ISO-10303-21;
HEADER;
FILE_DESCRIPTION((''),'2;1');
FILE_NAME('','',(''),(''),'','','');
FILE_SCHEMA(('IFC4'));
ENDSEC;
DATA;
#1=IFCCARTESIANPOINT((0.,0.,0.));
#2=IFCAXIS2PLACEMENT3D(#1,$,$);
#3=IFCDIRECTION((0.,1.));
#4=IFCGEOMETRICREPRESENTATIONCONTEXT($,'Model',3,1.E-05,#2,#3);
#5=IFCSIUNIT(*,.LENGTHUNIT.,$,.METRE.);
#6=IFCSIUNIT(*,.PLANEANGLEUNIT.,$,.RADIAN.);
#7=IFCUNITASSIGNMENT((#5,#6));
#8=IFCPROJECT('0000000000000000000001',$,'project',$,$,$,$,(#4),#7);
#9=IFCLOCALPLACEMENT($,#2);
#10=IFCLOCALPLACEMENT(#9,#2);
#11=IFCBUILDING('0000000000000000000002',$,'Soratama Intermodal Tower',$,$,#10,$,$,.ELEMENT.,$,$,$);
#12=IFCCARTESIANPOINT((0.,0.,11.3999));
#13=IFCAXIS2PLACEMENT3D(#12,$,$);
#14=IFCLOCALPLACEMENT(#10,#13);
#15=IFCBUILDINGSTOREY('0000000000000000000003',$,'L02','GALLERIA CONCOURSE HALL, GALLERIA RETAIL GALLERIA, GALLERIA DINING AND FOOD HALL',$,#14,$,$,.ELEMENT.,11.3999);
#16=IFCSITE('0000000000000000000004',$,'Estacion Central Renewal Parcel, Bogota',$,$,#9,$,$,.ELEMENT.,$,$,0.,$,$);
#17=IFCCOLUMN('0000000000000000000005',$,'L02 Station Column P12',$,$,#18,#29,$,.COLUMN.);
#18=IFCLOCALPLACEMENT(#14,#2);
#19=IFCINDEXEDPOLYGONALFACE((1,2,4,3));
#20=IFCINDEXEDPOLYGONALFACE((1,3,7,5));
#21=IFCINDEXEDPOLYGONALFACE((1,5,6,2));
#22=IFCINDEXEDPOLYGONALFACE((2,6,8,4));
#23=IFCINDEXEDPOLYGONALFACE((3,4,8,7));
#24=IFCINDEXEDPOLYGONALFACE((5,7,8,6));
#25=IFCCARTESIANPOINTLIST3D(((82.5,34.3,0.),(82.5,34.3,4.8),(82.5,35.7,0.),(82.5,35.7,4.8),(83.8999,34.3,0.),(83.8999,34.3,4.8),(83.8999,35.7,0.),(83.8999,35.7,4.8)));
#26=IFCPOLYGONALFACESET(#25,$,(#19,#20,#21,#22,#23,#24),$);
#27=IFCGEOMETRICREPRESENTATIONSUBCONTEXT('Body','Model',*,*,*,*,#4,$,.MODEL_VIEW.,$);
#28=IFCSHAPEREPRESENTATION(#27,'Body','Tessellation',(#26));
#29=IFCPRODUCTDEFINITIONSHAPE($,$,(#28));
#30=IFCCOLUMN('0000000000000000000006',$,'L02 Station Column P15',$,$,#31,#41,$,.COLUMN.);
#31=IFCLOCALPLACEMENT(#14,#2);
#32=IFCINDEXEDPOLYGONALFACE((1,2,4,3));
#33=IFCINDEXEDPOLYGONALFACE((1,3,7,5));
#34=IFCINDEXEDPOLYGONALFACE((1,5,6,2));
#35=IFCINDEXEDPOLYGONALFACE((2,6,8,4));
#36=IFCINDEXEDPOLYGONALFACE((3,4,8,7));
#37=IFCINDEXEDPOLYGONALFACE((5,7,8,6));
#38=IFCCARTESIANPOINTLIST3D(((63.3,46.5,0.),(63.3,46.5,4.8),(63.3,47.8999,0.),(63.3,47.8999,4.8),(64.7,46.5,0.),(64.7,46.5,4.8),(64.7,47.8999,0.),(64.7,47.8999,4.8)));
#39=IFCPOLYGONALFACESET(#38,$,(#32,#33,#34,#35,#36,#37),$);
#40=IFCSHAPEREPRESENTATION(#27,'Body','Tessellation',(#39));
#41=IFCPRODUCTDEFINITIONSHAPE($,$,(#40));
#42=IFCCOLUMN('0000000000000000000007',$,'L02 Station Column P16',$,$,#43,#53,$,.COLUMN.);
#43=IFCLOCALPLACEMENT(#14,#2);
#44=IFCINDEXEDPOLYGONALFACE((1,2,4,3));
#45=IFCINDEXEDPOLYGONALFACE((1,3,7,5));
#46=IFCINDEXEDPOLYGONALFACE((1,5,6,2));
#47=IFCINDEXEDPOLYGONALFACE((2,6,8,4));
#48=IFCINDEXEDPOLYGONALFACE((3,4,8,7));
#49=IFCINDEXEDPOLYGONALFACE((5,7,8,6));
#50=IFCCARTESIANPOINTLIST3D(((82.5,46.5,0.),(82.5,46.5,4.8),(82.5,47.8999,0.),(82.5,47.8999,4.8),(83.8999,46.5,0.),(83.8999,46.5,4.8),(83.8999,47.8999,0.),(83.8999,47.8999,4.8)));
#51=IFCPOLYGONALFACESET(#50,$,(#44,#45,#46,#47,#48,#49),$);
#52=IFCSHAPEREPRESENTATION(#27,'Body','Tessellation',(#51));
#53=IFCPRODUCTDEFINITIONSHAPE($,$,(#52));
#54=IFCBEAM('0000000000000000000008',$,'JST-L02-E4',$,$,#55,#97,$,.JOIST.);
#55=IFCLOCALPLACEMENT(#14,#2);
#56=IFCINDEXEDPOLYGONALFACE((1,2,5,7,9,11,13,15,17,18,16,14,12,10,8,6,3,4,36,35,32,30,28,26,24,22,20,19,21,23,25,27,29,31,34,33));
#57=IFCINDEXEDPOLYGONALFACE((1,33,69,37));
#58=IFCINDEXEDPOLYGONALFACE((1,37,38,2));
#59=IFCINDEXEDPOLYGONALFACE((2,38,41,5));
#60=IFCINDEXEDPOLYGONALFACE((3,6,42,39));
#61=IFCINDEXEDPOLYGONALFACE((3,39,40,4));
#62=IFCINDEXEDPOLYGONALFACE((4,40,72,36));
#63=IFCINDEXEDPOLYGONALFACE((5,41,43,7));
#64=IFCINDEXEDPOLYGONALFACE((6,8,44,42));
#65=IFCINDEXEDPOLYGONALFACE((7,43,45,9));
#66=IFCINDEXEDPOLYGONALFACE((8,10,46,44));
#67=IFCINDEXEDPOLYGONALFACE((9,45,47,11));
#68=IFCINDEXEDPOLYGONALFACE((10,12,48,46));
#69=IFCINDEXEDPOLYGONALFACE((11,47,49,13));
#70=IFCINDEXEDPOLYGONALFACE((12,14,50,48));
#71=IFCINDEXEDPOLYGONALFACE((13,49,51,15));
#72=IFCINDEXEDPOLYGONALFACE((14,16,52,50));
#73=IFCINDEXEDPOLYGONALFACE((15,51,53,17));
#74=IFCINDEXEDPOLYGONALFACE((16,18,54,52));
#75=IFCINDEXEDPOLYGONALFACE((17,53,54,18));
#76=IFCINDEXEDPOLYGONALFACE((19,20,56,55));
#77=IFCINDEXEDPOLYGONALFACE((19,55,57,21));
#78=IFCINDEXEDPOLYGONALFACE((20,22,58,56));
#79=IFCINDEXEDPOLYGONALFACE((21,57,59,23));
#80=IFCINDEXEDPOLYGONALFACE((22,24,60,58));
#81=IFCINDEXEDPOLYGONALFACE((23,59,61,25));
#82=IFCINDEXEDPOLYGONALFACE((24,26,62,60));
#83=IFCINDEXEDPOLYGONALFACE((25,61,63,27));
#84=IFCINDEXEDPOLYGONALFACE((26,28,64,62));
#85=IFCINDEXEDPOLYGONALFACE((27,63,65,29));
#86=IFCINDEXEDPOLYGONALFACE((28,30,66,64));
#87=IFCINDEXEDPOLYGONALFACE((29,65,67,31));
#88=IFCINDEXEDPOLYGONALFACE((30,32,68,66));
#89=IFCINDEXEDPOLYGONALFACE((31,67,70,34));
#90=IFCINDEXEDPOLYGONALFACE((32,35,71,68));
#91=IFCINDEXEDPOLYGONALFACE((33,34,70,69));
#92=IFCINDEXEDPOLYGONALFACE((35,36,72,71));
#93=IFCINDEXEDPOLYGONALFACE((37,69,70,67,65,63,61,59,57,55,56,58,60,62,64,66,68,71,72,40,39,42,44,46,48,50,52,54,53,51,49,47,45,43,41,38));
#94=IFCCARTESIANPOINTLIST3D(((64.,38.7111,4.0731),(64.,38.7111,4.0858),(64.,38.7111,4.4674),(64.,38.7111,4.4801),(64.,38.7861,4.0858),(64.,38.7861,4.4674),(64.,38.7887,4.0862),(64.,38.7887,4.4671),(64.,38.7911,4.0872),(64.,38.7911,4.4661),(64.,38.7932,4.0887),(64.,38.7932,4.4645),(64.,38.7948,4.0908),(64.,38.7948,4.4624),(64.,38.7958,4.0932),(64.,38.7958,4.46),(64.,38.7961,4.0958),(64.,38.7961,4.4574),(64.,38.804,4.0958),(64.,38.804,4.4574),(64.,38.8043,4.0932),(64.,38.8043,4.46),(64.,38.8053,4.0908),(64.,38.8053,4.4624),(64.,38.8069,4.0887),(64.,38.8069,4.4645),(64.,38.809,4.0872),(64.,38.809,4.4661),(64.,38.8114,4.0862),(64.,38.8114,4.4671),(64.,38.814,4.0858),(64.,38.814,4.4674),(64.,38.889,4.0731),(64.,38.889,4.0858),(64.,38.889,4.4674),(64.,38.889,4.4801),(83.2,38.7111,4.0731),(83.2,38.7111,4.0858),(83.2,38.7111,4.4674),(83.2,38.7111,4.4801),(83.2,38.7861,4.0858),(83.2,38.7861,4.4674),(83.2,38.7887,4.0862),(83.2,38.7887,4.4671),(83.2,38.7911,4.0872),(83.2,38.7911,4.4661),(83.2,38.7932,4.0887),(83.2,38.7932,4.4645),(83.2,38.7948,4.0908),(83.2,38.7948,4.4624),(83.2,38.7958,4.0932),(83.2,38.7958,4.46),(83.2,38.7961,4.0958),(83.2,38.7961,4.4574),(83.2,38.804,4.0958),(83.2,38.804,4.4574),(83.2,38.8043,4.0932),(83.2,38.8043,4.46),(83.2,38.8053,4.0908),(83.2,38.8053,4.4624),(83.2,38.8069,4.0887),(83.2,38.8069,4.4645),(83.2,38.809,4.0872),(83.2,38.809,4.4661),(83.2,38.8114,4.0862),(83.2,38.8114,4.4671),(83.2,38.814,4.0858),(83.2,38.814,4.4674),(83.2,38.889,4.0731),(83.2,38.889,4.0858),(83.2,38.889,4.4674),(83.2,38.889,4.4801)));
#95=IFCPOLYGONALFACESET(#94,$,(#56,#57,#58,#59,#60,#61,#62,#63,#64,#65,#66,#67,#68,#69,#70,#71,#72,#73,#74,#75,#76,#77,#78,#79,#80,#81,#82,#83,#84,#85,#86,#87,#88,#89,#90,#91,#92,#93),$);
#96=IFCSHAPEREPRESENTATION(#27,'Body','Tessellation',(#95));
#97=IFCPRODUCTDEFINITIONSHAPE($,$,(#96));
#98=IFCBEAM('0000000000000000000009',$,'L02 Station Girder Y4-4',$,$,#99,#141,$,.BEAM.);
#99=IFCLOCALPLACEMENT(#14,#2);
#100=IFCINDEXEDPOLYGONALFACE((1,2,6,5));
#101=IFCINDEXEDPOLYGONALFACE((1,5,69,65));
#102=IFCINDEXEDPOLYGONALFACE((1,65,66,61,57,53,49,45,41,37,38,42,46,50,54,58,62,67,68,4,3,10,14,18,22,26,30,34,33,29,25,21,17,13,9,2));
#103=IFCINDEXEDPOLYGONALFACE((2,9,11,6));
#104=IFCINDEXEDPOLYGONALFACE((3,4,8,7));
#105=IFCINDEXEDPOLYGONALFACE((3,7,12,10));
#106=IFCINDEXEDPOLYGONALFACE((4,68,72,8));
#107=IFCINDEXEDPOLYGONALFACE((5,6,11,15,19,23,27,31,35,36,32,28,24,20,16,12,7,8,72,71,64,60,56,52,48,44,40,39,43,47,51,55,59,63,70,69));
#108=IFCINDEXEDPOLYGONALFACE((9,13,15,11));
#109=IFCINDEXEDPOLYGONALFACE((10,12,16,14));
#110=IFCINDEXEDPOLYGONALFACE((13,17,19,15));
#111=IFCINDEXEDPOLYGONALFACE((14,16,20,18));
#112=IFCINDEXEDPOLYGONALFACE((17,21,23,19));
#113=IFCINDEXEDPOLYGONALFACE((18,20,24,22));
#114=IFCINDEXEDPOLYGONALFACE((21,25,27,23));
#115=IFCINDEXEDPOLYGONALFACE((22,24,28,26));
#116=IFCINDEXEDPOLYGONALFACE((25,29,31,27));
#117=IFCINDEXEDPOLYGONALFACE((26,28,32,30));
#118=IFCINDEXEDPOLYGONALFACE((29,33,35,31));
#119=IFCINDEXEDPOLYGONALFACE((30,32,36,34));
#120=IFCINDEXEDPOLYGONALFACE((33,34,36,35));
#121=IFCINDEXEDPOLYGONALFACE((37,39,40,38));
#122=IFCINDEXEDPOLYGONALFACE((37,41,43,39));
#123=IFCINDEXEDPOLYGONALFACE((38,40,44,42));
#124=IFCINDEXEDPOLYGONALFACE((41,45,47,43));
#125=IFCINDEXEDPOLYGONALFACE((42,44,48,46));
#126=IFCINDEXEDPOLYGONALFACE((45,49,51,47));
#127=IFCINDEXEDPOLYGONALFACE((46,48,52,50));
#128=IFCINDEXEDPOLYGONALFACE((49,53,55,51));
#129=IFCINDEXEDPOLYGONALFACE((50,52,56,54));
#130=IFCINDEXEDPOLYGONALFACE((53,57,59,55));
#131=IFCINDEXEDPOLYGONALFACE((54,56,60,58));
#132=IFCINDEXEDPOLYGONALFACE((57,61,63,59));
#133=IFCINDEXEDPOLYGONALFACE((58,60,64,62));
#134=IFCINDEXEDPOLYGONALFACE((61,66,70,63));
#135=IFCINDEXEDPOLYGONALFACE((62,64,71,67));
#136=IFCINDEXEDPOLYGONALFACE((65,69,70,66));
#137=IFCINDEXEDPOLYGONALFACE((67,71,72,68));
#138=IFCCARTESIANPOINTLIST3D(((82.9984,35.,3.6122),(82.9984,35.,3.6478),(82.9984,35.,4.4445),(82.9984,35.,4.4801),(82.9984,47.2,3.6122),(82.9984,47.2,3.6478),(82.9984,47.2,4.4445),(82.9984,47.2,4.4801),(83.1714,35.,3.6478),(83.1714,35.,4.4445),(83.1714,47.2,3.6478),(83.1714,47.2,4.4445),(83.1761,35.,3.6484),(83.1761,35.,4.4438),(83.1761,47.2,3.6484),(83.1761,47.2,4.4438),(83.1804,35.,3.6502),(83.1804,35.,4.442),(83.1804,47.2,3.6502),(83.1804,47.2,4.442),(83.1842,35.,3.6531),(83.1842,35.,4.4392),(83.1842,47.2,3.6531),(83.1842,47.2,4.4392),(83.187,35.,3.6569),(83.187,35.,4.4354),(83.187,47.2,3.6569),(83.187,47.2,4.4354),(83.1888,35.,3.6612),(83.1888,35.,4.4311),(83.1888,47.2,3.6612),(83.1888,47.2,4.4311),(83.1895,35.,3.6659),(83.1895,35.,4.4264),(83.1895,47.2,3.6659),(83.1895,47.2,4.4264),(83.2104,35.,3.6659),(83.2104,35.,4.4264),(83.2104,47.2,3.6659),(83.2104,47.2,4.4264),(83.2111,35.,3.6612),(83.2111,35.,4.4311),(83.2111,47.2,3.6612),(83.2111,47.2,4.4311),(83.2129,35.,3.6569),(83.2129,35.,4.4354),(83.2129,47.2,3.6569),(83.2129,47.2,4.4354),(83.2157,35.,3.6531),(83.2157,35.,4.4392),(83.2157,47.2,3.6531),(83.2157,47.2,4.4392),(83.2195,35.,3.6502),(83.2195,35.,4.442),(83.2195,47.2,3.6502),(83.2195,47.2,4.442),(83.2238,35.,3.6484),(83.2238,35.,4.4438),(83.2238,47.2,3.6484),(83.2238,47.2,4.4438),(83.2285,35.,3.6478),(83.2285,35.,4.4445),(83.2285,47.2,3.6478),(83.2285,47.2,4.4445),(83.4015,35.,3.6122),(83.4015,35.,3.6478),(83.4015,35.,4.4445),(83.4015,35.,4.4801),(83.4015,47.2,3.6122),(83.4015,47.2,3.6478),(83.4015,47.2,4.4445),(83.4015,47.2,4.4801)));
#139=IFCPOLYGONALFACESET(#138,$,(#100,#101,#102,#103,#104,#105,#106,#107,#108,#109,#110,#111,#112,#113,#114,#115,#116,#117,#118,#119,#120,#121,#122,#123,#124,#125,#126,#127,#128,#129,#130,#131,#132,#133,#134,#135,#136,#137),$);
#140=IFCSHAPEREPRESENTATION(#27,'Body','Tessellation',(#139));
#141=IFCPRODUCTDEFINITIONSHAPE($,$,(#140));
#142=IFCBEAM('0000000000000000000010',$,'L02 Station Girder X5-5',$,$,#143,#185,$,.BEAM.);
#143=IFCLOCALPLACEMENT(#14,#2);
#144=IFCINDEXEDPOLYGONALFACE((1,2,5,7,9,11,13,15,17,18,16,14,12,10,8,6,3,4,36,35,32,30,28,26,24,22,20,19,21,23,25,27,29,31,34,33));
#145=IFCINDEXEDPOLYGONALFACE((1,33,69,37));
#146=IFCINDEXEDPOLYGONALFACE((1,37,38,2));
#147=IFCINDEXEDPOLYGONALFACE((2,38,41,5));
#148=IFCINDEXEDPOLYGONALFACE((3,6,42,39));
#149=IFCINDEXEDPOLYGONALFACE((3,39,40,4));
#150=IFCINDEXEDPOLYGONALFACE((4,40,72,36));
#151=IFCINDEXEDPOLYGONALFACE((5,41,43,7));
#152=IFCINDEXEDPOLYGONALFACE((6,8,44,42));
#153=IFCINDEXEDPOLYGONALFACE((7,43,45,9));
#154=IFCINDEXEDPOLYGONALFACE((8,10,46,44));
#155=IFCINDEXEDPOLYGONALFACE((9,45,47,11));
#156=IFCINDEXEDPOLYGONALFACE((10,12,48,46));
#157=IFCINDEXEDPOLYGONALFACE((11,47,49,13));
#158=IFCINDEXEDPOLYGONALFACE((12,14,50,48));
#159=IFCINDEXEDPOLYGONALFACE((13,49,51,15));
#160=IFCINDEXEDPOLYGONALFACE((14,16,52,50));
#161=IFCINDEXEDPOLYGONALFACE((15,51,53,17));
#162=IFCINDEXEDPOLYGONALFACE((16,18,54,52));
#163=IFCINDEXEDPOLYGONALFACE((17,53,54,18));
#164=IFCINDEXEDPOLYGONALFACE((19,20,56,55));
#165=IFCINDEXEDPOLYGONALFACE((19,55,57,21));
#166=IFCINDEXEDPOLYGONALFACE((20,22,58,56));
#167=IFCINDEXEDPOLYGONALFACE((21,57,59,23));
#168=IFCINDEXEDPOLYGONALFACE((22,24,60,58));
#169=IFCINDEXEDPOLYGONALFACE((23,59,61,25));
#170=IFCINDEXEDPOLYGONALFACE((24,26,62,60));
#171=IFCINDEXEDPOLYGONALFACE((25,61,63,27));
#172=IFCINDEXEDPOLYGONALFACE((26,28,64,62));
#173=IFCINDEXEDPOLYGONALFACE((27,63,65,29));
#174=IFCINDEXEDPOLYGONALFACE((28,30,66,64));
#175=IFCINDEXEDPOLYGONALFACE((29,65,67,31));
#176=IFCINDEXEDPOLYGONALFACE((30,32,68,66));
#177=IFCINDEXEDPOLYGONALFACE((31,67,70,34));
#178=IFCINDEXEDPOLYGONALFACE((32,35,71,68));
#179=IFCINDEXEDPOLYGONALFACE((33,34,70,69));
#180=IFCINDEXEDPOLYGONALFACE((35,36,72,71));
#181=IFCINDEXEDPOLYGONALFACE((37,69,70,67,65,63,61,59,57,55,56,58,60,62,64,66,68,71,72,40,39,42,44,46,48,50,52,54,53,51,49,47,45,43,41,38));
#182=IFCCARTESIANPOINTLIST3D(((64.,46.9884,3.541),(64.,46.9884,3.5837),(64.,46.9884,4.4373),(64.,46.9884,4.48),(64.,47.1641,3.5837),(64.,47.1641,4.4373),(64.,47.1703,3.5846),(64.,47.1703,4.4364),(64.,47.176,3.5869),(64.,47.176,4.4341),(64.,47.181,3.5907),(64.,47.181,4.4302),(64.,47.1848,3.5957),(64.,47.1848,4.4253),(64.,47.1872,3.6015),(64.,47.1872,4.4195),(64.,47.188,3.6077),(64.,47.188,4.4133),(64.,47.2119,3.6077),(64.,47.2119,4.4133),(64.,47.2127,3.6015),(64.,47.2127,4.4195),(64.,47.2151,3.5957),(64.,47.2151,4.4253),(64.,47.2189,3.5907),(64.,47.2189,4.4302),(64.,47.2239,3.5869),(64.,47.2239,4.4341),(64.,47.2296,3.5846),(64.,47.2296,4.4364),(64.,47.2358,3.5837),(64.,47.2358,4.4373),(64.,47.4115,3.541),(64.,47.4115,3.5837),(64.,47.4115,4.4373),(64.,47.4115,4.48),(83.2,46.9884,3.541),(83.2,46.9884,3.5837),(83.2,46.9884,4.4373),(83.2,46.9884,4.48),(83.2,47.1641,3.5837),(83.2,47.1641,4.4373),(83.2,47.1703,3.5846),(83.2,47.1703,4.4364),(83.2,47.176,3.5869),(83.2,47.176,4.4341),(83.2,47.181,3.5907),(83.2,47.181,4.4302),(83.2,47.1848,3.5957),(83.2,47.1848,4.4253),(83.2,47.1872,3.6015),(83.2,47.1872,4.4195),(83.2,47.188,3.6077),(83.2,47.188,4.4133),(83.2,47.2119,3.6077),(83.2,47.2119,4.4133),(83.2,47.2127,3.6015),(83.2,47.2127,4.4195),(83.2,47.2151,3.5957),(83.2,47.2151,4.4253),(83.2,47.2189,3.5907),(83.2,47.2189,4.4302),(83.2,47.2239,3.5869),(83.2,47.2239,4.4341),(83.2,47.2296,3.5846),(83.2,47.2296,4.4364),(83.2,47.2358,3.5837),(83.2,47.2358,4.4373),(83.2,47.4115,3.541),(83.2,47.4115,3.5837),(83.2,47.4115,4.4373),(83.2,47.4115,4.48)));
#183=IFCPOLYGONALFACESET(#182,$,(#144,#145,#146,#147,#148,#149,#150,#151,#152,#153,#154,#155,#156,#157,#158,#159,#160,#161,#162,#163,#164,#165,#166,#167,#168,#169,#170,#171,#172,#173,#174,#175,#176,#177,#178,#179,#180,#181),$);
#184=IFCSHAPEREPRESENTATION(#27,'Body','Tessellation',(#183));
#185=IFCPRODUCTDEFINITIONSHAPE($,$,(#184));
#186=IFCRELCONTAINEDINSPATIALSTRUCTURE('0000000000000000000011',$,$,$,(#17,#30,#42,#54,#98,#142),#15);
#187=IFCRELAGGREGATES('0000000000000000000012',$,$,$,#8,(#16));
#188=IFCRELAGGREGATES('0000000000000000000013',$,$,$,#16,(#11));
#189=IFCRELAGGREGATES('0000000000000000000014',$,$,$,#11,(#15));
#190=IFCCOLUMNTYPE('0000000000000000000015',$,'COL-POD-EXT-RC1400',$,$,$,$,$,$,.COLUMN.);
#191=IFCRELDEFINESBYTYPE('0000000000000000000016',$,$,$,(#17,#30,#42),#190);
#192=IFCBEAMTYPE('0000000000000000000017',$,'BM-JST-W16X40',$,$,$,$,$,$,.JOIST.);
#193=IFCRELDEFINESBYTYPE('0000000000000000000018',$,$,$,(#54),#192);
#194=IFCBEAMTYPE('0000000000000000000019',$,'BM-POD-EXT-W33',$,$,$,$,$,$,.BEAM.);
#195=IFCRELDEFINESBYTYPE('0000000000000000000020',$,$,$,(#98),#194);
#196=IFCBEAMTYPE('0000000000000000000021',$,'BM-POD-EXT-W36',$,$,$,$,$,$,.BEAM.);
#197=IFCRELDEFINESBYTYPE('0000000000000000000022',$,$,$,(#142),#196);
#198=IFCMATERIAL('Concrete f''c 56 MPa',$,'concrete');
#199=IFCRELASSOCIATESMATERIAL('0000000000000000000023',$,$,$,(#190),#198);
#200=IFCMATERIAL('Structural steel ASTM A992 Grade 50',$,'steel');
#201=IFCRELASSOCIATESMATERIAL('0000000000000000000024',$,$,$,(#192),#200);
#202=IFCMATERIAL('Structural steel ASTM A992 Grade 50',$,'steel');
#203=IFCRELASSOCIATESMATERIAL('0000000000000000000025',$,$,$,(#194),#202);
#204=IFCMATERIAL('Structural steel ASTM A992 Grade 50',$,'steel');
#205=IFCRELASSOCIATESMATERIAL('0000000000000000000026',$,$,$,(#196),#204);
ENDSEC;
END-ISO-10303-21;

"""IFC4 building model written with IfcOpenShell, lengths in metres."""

from ifc_helpers import new_model, si_unit, direction, frame, origin, origin_2d, place, context, subcontext, project, spatial, rectangle, i_section, extrude, material, material_profile, profile_set, type_object, element, save


model = new_model("IFC4")

# Units and contexts
model_context = context("Model", 3, precision=1e-05, world=origin(), true_north=direction((0.0, 1.0)))
body_context = subcontext(model_context, "Body", "Model", "MODEL_VIEW")
ifc_project = project(units=[si_unit("LENGTHUNIT", "METRE"), si_unit("PLANEANGLEUNIT", "RADIAN")], contexts=[model_context])

# Site, building, storey
site_placement = place(None, origin())
site = spatial("IfcSite", under=ifc_project, at=site_placement, Name="Estacion Central Renewal Parcel, Bogota", CompositionType="ELEMENT", RefElevation=0.0)
building_placement = place(site_placement, origin())
building = spatial("IfcBuilding", under=site, at=building_placement, Name="Soratama Intermodal Tower", CompositionType="ELEMENT")
storey_placement = place(building_placement, frame((0.0, 0.0, 11.3999)))
storey = spatial("IfcBuildingStorey", under=building, at=storey_placement, Name="L02", Description="GALLERIA CONCOURSE HALL, GALLERIA RETAIL GALLERIA, GALLERIA DINING AND FOOD HALL", CompositionType="ELEMENT", Elevation=11.3999)

# Columns
ifc_material_1 = material(Name="Concrete f'c 56 MPa", Category="concrete")
ifc_material_profile_1 = material_profile(ifc_material_1, rectangle(XDim=1.3999, YDim=1.3999, at=origin_2d()), Name="RC1400X1400")
ifc_profile_set_1 = profile_set([ifc_material_profile_1], Name="Concrete f'c 56 MPa")
column_type = type_object("IfcColumnType", Name="COL-POD-EXT-RC1400", PredefinedType="COLUMN", material=ifc_profile_set_1)
for number, where, z_axis, x_axis, name in (
    (1, (83.2, 35.0, 0.0), (0.0, 0.0, 1.0), (1.0, 0.0, 0.0), "L02 Station Column P12"),
    (2, (64.0, 47.2, 0.0), (0.0, 0.0, 1.0), (1.0, 0.0, 0.0), "L02 Station Column P15"),
    (3, (83.2, 47.2, 0.0), (0.0, 0.0, 1.0), (1.0, 0.0, 0.0), "L02 Station Column P16"),
):
    element("IfcColumn", number, at=place(storey_placement, frame(where, z_axis=z_axis, x_axis=x_axis)), inside=storey, type_object=column_type, Name=name, PredefinedType="COLUMN", context=body_context, shape_type="SweptSolid", body=[
        extrude(rectangle(XDim=1.3999, YDim=1.3999, at=origin_2d()), origin(), (0.0, 0.0, 1.0), 4.8),
    ])

# Beams
ifc_material_2 = material(Name="Structural steel ASTM A992 Grade 50", Category="steel")
ifc_material_profile_2 = material_profile(ifc_material_2, i_section(OverallWidth=0.178, OverallDepth=0.407, WebThickness=0.0078, FlangeThickness=0.0127, FilletRadius=0.01, at=origin_2d()), Name="W16X40")
ifc_profile_set_2 = profile_set([ifc_material_profile_2], Name="Structural steel ASTM A992 Grade 50")
beam_type_1 = type_object("IfcBeamType", Name="BM-JST-W16X40", PredefinedType="JOIST", material=ifc_profile_set_2)
beam_1_placement = place(storey_placement, frame((64.0, 38.8, 4.2766), z_axis=(1.0, 0.0, 0.0), x_axis=(0.0, 1.0, 0.0)))
element("IfcBeam", 4, at=beam_1_placement, inside=storey, type_object=beam_type_1, Name="JST-L02-E4", PredefinedType="JOIST", context=body_context, shape_type="SweptSolid", body=[
    extrude(i_section(OverallWidth=0.178, OverallDepth=0.407, WebThickness=0.0078, FlangeThickness=0.0127, FilletRadius=0.01, at=origin_2d()), origin(), (0.0, 0.0, 1.0), 19.2),
])
ifc_material_3 = material(Name="Structural steel ASTM A992 Grade 50", Category="steel")
ifc_material_profile_3 = material_profile(ifc_material_3, i_section(OverallWidth=0.4031, OverallDepth=0.8679, WebThickness=0.021, FlangeThickness=0.0356, FilletRadius=0.0181, at=origin_2d()), Name="W33X241")
ifc_profile_set_3 = profile_set([ifc_material_profile_3], Name="Structural steel ASTM A992 Grade 50")
beam_type_2 = type_object("IfcBeamType", Name="BM-POD-EXT-W33", PredefinedType="BEAM", material=ifc_profile_set_3)
beam_2_placement = place(storey_placement, frame((83.2, 35.0, 4.0461), z_axis=(0.0, 1.0, 0.0), x_axis=(-1.0, 0.0, 0.0)))
element("IfcBeam", 5, at=beam_2_placement, inside=storey, type_object=beam_type_2, Name="L02 Station Girder Y4-4", PredefinedType="BEAM", context=body_context, shape_type="SweptSolid", body=[
    extrude(i_section(OverallWidth=0.4031, OverallDepth=0.8679, WebThickness=0.021, FlangeThickness=0.0356, FilletRadius=0.0181, at=origin_2d()), origin(), (0.0, 0.0, 1.0), 12.2),
])
ifc_material_4 = material(Name="Structural steel ASTM A992 Grade 50", Category="steel")
ifc_material_profile_4 = material_profile(ifc_material_4, i_section(OverallWidth=0.4231, OverallDepth=0.939, WebThickness=0.0239, FlangeThickness=0.0427, FilletRadius=0.0239, at=origin_2d()), Name="W36X302")
ifc_profile_set_4 = profile_set([ifc_material_profile_4], Name="Structural steel ASTM A992 Grade 50")
beam_type_3 = type_object("IfcBeamType", Name="BM-POD-EXT-W36", PredefinedType="BEAM", material=ifc_profile_set_4)
beam_3_placement = place(storey_placement, frame((64.0, 47.2, 4.0105), z_axis=(1.0, 0.0, 0.0), x_axis=(0.0, 1.0, 0.0)))
element("IfcBeam", 6, at=beam_3_placement, inside=storey, type_object=beam_type_3, Name="L02 Station Girder X5-5", PredefinedType="BEAM", context=body_context, shape_type="SweptSolid", body=[
    extrude(i_section(OverallWidth=0.4231, OverallDepth=0.939, WebThickness=0.0239, FlangeThickness=0.0427, FilletRadius=0.0239, at=origin_2d()), origin(), (0.0, 0.0, 1.0), 19.2),
])

save(model, "model.ifc")
